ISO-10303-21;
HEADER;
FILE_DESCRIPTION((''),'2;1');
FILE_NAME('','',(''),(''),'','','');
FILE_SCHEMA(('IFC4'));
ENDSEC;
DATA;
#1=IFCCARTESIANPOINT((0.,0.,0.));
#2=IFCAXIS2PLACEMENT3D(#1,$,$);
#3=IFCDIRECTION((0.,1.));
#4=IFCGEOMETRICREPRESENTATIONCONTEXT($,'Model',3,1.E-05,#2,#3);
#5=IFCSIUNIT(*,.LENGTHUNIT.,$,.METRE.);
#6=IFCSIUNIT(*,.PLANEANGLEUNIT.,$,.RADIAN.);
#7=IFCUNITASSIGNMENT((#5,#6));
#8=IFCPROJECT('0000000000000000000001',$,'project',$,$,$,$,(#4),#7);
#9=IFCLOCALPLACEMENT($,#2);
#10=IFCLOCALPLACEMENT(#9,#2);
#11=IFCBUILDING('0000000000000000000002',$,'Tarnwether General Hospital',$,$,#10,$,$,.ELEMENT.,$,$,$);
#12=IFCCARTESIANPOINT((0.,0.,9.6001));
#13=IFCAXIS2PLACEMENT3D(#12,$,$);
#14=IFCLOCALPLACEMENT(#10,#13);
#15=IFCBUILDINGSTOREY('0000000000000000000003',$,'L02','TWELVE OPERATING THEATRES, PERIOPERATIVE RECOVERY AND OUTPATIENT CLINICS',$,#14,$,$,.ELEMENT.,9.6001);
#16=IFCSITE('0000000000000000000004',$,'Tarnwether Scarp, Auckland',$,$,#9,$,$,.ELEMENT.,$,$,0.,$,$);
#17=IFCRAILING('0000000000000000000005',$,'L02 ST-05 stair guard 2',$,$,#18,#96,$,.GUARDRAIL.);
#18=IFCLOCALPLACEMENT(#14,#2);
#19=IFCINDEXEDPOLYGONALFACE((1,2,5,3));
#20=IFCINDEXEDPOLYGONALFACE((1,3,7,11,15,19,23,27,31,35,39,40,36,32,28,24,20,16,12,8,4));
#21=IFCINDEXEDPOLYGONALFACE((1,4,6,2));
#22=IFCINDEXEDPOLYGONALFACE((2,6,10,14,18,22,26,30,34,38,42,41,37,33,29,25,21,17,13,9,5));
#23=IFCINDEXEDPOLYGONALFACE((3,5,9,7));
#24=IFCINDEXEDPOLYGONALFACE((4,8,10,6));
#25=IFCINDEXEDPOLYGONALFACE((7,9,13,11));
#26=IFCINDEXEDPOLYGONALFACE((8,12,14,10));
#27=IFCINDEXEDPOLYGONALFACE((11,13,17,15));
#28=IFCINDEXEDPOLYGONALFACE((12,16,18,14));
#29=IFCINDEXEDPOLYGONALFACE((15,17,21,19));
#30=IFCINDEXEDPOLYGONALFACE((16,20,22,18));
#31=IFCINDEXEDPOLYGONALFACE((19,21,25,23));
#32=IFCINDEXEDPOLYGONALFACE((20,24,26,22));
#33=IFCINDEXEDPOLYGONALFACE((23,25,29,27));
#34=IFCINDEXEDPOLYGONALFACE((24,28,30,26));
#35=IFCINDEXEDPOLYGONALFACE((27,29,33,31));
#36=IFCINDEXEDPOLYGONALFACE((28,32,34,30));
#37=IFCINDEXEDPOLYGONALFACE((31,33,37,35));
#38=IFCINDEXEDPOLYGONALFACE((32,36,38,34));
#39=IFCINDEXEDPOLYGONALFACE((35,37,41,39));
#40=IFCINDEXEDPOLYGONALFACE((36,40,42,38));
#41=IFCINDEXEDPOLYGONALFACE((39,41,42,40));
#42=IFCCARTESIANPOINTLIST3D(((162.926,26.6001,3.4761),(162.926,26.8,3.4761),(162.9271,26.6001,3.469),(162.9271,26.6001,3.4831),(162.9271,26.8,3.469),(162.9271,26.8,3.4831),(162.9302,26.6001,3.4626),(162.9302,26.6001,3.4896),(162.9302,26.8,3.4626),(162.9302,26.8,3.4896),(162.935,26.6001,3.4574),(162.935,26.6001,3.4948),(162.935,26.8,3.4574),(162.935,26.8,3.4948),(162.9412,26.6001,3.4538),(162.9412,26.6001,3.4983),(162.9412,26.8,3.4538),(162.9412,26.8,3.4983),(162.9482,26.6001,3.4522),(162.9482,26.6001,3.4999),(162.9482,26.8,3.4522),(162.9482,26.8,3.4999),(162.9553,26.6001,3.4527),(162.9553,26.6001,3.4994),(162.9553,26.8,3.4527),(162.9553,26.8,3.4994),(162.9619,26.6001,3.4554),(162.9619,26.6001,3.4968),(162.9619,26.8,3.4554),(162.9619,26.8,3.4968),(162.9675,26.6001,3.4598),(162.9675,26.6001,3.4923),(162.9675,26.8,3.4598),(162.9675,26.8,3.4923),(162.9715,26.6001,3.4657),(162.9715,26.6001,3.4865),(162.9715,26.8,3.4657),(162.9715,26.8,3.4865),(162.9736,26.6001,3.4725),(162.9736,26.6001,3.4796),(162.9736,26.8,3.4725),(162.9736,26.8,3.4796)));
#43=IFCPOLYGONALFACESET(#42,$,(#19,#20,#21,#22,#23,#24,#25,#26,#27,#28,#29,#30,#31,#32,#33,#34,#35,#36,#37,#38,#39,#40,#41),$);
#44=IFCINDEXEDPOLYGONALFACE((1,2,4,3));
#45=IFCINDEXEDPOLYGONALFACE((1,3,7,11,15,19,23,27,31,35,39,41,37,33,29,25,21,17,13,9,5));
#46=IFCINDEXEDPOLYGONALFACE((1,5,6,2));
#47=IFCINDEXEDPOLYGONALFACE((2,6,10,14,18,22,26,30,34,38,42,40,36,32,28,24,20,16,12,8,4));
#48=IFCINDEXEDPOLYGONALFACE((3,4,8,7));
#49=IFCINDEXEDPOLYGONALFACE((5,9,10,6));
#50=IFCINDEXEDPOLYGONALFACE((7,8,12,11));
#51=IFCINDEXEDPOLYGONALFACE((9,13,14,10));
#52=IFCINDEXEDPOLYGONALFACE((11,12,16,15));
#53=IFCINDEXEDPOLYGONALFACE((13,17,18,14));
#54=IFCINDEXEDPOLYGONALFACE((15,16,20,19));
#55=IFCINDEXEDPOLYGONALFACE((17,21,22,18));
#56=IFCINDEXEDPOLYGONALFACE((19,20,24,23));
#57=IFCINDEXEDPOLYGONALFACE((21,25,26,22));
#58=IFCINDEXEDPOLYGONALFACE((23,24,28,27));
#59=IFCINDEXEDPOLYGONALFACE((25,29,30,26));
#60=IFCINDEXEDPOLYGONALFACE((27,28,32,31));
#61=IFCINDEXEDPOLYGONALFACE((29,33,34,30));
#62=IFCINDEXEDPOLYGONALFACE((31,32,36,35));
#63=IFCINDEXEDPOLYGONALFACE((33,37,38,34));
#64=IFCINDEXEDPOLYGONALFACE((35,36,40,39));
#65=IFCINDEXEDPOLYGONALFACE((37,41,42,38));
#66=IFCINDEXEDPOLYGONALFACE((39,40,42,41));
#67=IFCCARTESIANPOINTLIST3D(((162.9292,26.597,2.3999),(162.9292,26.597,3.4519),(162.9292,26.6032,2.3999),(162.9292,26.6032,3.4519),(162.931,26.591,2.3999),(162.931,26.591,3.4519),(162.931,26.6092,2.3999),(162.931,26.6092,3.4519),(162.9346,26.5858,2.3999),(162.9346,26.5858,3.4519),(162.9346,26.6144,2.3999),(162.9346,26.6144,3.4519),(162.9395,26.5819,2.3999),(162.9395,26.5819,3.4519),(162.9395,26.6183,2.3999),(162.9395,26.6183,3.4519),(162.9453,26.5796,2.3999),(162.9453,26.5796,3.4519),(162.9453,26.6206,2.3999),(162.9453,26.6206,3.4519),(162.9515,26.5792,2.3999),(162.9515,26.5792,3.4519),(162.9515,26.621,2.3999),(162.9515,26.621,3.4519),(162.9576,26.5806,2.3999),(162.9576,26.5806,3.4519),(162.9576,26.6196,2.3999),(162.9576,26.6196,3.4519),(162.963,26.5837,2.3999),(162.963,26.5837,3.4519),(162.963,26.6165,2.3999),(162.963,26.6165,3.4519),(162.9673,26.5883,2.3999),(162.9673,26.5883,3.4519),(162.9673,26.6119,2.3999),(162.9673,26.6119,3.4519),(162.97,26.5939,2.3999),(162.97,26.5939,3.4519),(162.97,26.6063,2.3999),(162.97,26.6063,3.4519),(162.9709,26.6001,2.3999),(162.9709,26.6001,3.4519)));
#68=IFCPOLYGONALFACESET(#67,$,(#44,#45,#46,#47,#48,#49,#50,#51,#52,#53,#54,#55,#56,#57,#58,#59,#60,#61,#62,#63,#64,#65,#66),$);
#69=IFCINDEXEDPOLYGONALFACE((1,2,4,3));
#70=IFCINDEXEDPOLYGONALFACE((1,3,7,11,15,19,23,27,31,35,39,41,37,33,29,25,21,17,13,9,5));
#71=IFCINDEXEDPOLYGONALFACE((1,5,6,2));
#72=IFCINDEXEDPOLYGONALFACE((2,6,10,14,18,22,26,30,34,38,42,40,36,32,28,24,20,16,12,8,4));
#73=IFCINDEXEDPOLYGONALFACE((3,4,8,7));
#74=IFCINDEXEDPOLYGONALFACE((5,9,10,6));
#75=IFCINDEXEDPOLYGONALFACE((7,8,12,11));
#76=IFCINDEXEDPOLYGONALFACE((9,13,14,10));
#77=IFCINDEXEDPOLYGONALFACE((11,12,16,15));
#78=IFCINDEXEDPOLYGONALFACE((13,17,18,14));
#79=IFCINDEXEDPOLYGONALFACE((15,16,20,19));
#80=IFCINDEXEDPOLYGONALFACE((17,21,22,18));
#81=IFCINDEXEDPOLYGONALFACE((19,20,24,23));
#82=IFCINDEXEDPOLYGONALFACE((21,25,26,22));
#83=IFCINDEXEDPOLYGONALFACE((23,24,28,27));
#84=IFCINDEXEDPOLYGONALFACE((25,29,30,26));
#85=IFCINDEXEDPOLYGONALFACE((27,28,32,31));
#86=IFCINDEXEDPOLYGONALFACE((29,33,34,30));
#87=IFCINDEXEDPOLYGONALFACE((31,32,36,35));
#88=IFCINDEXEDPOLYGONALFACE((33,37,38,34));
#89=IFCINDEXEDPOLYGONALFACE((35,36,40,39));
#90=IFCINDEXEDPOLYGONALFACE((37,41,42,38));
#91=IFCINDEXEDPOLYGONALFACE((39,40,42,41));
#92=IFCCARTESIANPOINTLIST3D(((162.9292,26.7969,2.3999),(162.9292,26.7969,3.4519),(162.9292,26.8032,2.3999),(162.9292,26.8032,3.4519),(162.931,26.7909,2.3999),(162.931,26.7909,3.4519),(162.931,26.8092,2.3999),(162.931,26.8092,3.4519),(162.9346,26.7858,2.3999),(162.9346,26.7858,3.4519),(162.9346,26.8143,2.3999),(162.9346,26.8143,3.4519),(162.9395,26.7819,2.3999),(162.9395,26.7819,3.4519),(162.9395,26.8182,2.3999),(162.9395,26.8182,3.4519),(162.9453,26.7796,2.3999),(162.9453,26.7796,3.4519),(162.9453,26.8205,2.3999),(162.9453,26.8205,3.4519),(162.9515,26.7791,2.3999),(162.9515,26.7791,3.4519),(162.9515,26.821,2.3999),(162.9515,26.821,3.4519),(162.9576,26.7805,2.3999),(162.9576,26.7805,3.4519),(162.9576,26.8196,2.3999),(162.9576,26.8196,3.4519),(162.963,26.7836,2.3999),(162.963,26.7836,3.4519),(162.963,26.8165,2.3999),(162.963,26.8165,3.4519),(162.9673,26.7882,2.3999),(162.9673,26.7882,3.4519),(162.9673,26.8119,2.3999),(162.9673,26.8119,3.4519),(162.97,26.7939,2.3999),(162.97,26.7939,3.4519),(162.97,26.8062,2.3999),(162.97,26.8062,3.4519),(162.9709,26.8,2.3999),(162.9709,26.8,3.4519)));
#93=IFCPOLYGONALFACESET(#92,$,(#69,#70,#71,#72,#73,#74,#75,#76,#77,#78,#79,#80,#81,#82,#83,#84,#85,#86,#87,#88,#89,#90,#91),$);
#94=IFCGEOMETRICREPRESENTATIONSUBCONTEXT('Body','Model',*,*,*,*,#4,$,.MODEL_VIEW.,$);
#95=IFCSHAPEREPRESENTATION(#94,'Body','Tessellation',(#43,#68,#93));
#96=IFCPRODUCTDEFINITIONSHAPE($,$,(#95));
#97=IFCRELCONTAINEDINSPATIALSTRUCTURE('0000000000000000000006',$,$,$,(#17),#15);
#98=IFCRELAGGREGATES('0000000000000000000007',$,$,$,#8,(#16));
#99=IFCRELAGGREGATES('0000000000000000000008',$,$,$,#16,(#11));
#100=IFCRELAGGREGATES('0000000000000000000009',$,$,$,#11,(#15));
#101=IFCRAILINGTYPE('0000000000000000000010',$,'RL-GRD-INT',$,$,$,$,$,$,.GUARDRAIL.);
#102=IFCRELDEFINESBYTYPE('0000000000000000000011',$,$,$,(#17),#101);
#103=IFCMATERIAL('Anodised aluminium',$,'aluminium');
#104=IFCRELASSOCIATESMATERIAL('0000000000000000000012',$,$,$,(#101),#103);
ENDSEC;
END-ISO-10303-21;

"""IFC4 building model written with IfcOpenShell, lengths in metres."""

from ifc_helpers import new_model, si_unit, direction, frame, origin, origin_2d, place, context, subcontext, project, spatial, circle, extrude, material, type_object, element, save


model = new_model("IFC4")

# Units and contexts
model_context = context("Model", 3, precision=1e-05, world=origin(), true_north=direction((0.0, 1.0)))
body_context = subcontext(model_context, "Body", "Model", "MODEL_VIEW")
ifc_project = project(units=[si_unit("LENGTHUNIT", "METRE"), si_unit("PLANEANGLEUNIT", "RADIAN")], contexts=[model_context])

# Site, building, storey
site_placement = place(None, origin())
site = spatial("IfcSite", under=ifc_project, at=site_placement, Name="Tarnwether Scarp, Auckland", CompositionType="ELEMENT", RefElevation=0.0)
building_placement = place(site_placement, origin())
building = spatial("IfcBuilding", under=site, at=building_placement, Name="Tarnwether General Hospital", CompositionType="ELEMENT")
storey_placement = place(building_placement, frame((0.0, 0.0, 9.6001)))
storey = spatial("IfcBuildingStorey", under=building, at=storey_placement, Name="L02", Description="TWELVE OPERATING THEATRES, PERIOPERATIVE RECOVERY AND OUTPATIENT CLINICS", CompositionType="ELEMENT", Elevation=9.6001)

# Railing
ifc_material_1 = material(Name="Anodised aluminium", Category="aluminium")
railing_type_1 = type_object("IfcRailingType", Name="RL-GRD-INT", PredefinedType="GUARDRAIL", material=ifc_material_1)
railing_1_placement = place(storey_placement, frame((162.95, 26.6001, 2.3999)))
element("IfcRailing", 1, at=railing_1_placement, inside=storey, type_object=railing_type_1, Name="L02 ST-05 stair guard 2", PredefinedType="GUARDRAIL", context=body_context, shape_type="SweptSolid", body=[
    extrude(circle(Radius=0.0239, at=origin_2d()), frame((0.0, 0.0, 1.0762), z_axis=(0.0, 1.0, 0.0), x_axis=(-1.0, 0.0, 0.0)), (0.0, 0.0, 1.0), 0.2),
    extrude(circle(Radius=0.021, at=origin_2d()), origin(), (0.0, 0.0, 1.0), 1.052),
    extrude(circle(Radius=0.021, at=origin_2d()), frame((0.0, 0.2, 0.0)), (0.0, 0.0, 1.0), 1.052),
])

save(model, "model.ifc")
